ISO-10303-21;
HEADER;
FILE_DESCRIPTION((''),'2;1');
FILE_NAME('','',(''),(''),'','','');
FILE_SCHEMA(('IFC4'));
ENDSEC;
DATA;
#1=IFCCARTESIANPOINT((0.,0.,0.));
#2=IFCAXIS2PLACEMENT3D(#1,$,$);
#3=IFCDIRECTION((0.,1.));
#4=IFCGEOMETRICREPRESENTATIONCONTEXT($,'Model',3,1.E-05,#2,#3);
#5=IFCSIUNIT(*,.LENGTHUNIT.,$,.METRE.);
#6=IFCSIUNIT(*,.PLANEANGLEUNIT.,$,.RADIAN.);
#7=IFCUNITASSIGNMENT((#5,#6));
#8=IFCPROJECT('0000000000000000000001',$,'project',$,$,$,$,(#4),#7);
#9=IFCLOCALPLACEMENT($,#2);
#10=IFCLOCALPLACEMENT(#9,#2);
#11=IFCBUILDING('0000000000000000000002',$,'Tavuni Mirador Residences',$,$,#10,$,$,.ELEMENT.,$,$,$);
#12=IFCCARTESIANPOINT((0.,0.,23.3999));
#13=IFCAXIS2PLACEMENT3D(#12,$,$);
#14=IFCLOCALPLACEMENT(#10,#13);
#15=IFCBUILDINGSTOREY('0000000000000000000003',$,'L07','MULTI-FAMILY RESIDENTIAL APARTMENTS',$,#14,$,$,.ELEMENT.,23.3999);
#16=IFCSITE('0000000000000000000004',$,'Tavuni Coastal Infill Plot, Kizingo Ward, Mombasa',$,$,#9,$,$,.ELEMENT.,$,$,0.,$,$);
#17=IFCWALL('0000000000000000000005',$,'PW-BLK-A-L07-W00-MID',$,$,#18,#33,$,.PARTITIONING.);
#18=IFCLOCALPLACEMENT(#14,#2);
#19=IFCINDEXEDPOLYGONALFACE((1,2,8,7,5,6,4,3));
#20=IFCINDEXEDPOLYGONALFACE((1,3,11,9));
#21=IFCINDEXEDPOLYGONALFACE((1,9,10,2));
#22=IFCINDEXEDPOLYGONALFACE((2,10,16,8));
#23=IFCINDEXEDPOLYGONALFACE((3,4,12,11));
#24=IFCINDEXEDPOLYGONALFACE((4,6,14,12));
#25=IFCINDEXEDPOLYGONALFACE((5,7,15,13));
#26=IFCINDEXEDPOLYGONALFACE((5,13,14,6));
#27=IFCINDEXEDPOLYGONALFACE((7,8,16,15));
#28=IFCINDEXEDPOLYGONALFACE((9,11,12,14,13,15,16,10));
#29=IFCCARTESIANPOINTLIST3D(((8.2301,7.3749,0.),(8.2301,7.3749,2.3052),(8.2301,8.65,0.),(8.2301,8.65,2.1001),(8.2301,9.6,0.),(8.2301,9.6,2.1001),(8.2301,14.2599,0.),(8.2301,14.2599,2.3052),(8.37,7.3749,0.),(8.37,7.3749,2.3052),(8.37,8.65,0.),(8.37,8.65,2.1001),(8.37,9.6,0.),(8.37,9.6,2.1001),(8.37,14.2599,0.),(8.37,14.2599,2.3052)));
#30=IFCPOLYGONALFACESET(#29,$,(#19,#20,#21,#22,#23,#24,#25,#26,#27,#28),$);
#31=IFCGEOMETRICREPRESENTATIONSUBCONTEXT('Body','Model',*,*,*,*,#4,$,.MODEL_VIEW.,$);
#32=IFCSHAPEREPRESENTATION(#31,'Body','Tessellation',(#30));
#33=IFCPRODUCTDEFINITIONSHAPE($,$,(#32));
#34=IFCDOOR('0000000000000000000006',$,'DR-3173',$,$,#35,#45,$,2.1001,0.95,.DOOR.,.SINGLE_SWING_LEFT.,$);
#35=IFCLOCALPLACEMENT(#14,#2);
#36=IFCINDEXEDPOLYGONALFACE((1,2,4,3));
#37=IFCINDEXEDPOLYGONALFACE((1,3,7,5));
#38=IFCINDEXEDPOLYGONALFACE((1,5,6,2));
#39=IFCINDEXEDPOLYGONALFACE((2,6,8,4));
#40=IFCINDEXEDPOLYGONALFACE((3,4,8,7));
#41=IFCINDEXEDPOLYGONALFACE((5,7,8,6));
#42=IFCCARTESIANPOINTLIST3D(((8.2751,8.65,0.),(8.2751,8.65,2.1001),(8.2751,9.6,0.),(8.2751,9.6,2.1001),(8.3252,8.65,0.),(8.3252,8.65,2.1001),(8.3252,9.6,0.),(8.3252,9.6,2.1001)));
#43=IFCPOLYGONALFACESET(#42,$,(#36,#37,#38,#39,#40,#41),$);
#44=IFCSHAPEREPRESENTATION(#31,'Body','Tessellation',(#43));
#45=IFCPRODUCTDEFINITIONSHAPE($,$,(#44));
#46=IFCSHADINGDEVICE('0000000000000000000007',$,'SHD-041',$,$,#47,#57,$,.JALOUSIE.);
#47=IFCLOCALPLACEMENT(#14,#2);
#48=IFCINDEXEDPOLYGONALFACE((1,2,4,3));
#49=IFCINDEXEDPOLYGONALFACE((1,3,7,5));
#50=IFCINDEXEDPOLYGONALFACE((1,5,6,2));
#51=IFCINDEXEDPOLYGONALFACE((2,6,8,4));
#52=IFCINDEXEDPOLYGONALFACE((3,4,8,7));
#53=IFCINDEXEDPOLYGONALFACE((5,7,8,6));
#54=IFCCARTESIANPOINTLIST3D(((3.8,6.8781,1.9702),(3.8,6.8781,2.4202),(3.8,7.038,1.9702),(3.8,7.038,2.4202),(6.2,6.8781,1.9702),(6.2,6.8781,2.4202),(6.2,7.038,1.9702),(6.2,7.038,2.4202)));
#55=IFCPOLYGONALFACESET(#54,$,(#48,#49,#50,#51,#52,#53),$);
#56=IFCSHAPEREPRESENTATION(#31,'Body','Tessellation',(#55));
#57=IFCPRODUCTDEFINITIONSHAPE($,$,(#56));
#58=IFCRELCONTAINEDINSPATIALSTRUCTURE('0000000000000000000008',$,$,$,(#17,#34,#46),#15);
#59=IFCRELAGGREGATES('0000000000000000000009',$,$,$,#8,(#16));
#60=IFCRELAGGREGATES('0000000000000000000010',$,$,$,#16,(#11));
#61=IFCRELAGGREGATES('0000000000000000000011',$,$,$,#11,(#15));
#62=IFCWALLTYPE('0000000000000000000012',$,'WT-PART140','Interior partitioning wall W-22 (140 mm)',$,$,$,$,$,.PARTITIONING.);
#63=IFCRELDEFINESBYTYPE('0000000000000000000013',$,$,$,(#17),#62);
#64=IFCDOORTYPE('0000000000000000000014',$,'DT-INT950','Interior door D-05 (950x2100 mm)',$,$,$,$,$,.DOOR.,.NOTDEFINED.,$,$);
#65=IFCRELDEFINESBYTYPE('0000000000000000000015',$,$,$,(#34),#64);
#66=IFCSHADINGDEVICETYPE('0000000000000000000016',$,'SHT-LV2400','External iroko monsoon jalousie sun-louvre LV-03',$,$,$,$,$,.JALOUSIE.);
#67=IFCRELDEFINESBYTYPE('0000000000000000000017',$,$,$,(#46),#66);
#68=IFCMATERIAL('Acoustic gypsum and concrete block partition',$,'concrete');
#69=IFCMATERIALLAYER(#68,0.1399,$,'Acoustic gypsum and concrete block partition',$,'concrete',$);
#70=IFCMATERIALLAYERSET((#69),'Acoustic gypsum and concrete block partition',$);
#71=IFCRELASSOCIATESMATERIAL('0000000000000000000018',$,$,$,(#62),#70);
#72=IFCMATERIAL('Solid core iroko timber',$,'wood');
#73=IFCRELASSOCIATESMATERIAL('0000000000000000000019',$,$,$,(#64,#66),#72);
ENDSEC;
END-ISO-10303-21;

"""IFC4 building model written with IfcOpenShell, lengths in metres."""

from ifc_helpers import new_model, si_unit, direction, frame, frame_2d, origin, origin_2d, place, context, subcontext, project, spatial, rectangle, extrude, material, layer, layer_set, type_object, element, fill, save


model = new_model("IFC4")

# Units and contexts
model_context = context("Model", 3, precision=1e-05, world=origin(), true_north=direction((0.0, 1.0)))
body_context = subcontext(model_context, "Body", "Model", "MODEL_VIEW")
ifc_project = project(units=[si_unit("LENGTHUNIT", "METRE"), si_unit("PLANEANGLEUNIT", "RADIAN")], contexts=[model_context])

# Site, building, storey
site_placement = place(None, origin())
site = spatial("IfcSite", under=ifc_project, at=site_placement, Name="Tavuni Coastal Infill Plot, Kizingo Ward, Mombasa", CompositionType="ELEMENT", RefElevation=0.0)
building_placement = place(site_placement, origin())
building = spatial("IfcBuilding", under=site, at=building_placement, Name="Tavuni Mirador Residences", CompositionType="ELEMENT")
storey_placement = place(building_placement, frame((0.0, 0.0, 23.3999)))
storey = spatial("IfcBuildingStorey", under=building, at=storey_placement, Name="L07", Description="MULTI-FAMILY RESIDENTIAL APARTMENTS", CompositionType="ELEMENT", Elevation=23.3999)

# Shared definitions
ifc_material_1 = material(Name="Acoustic gypsum and concrete block partition", Category="concrete")
ifc_material_2 = material(Name="Solid core iroko timber", Category="wood")

# Wall, opening, door
ifc_layer_1 = layer(ifc_material_1, 0.1399, Name="Acoustic gypsum and concrete block partition", Category="concrete")
ifc_layer_set_1 = layer_set([ifc_layer_1], Name="Acoustic gypsum and concrete block partition")
wall_type_1 = type_object("IfcWallType", Name="WT-PART140", Description="Interior partitioning wall W-22 (140 mm)", PredefinedType="PARTITIONING", material=ifc_layer_set_1)
wall_1_placement = place(storey_placement, frame((8.3, 7.375, 0.0), z_axis=(0.0, 0.0, 1.0), x_axis=(0.0, 1.0, 0.0)))
wall_1 = element("IfcWall", 1, at=wall_1_placement, inside=storey, type_object=wall_type_1, Name="PW-BLK-A-L07-W00-MID", PredefinedType="PARTITIONING", context=body_context, shape_type="SweptSolid", body=[
    extrude(rectangle(XDim=6.885, YDim=0.1399, at=frame_2d((3.4424, 0.0))), origin(), (0.0, 0.0, 1.0), 2.3052),
])
opening_1_placement = place(wall_1_placement, frame((1.2749, 0.0, 0.0)))
opening_1 = element("IfcOpeningElement", 2, at=opening_1_placement, cuts=wall_1, PredefinedType="OPENING", context=body_context, shape_type="SweptSolid", body=[
    extrude(rectangle(XDim=0.95, YDim=2.1001, at=frame_2d((0.4751, 1.05))), frame((0.0, 0.0801, 0.0), z_axis=(0.0, -1.0, 0.0), x_axis=(1.0, 0.0, 0.0)), (0.0, 0.0, 1.0), 0.1599),
])
door_type_1 = type_object("IfcDoorType", Name="DT-INT950", Description="Interior door D-05 (950x2100 mm)", OperationType="NOTDEFINED", PredefinedType="DOOR", material=ifc_material_2)
door_1_placement = place(opening_1_placement, origin())
door_1 = element("IfcDoor", 3, at=door_1_placement, inside=storey, type_object=door_type_1, Name="DR-3173", OperationType="SINGLE_SWING_LEFT", OverallHeight=2.1001, OverallWidth=0.95, PredefinedType="DOOR", context=body_context, shape_type="SweptSolid", body=[
    extrude(rectangle(XDim=0.95, YDim=2.1001, at=frame_2d((0.4751, 1.05))), frame((0.0, 0.0249, 0.0), z_axis=(0.0, -1.0, 0.0), x_axis=(1.0, 0.0, 0.0)), (0.0, 0.0, 1.0), 0.05),
])
fill(opening_1, door_1)

# Shading device
shading_device_type = type_object("IfcShadingDeviceType", Name="SHT-LV2400", Description="External iroko monsoon jalousie sun-louvre LV-03", PredefinedType="JALOUSIE", material=ifc_material_2)
shading_device_placement = place(storey_placement, frame((5.0, 6.958, 1.9702), z_axis=(0.0, 0.0, 1.0), x_axis=(1.0, 0.0, 0.0)))
element("IfcShadingDevice", 4, at=shading_device_placement, inside=storey, type_object=shading_device_type, Name="SHD-041", PredefinedType="JALOUSIE", context=body_context, shape_type="SweptSolid", body=[
    extrude(rectangle(XDim=2.3999, YDim=0.1599, at=origin_2d()), origin(), (0.0, 0.0, 1.0), 0.45),
])

save(model, "model.ifc")
